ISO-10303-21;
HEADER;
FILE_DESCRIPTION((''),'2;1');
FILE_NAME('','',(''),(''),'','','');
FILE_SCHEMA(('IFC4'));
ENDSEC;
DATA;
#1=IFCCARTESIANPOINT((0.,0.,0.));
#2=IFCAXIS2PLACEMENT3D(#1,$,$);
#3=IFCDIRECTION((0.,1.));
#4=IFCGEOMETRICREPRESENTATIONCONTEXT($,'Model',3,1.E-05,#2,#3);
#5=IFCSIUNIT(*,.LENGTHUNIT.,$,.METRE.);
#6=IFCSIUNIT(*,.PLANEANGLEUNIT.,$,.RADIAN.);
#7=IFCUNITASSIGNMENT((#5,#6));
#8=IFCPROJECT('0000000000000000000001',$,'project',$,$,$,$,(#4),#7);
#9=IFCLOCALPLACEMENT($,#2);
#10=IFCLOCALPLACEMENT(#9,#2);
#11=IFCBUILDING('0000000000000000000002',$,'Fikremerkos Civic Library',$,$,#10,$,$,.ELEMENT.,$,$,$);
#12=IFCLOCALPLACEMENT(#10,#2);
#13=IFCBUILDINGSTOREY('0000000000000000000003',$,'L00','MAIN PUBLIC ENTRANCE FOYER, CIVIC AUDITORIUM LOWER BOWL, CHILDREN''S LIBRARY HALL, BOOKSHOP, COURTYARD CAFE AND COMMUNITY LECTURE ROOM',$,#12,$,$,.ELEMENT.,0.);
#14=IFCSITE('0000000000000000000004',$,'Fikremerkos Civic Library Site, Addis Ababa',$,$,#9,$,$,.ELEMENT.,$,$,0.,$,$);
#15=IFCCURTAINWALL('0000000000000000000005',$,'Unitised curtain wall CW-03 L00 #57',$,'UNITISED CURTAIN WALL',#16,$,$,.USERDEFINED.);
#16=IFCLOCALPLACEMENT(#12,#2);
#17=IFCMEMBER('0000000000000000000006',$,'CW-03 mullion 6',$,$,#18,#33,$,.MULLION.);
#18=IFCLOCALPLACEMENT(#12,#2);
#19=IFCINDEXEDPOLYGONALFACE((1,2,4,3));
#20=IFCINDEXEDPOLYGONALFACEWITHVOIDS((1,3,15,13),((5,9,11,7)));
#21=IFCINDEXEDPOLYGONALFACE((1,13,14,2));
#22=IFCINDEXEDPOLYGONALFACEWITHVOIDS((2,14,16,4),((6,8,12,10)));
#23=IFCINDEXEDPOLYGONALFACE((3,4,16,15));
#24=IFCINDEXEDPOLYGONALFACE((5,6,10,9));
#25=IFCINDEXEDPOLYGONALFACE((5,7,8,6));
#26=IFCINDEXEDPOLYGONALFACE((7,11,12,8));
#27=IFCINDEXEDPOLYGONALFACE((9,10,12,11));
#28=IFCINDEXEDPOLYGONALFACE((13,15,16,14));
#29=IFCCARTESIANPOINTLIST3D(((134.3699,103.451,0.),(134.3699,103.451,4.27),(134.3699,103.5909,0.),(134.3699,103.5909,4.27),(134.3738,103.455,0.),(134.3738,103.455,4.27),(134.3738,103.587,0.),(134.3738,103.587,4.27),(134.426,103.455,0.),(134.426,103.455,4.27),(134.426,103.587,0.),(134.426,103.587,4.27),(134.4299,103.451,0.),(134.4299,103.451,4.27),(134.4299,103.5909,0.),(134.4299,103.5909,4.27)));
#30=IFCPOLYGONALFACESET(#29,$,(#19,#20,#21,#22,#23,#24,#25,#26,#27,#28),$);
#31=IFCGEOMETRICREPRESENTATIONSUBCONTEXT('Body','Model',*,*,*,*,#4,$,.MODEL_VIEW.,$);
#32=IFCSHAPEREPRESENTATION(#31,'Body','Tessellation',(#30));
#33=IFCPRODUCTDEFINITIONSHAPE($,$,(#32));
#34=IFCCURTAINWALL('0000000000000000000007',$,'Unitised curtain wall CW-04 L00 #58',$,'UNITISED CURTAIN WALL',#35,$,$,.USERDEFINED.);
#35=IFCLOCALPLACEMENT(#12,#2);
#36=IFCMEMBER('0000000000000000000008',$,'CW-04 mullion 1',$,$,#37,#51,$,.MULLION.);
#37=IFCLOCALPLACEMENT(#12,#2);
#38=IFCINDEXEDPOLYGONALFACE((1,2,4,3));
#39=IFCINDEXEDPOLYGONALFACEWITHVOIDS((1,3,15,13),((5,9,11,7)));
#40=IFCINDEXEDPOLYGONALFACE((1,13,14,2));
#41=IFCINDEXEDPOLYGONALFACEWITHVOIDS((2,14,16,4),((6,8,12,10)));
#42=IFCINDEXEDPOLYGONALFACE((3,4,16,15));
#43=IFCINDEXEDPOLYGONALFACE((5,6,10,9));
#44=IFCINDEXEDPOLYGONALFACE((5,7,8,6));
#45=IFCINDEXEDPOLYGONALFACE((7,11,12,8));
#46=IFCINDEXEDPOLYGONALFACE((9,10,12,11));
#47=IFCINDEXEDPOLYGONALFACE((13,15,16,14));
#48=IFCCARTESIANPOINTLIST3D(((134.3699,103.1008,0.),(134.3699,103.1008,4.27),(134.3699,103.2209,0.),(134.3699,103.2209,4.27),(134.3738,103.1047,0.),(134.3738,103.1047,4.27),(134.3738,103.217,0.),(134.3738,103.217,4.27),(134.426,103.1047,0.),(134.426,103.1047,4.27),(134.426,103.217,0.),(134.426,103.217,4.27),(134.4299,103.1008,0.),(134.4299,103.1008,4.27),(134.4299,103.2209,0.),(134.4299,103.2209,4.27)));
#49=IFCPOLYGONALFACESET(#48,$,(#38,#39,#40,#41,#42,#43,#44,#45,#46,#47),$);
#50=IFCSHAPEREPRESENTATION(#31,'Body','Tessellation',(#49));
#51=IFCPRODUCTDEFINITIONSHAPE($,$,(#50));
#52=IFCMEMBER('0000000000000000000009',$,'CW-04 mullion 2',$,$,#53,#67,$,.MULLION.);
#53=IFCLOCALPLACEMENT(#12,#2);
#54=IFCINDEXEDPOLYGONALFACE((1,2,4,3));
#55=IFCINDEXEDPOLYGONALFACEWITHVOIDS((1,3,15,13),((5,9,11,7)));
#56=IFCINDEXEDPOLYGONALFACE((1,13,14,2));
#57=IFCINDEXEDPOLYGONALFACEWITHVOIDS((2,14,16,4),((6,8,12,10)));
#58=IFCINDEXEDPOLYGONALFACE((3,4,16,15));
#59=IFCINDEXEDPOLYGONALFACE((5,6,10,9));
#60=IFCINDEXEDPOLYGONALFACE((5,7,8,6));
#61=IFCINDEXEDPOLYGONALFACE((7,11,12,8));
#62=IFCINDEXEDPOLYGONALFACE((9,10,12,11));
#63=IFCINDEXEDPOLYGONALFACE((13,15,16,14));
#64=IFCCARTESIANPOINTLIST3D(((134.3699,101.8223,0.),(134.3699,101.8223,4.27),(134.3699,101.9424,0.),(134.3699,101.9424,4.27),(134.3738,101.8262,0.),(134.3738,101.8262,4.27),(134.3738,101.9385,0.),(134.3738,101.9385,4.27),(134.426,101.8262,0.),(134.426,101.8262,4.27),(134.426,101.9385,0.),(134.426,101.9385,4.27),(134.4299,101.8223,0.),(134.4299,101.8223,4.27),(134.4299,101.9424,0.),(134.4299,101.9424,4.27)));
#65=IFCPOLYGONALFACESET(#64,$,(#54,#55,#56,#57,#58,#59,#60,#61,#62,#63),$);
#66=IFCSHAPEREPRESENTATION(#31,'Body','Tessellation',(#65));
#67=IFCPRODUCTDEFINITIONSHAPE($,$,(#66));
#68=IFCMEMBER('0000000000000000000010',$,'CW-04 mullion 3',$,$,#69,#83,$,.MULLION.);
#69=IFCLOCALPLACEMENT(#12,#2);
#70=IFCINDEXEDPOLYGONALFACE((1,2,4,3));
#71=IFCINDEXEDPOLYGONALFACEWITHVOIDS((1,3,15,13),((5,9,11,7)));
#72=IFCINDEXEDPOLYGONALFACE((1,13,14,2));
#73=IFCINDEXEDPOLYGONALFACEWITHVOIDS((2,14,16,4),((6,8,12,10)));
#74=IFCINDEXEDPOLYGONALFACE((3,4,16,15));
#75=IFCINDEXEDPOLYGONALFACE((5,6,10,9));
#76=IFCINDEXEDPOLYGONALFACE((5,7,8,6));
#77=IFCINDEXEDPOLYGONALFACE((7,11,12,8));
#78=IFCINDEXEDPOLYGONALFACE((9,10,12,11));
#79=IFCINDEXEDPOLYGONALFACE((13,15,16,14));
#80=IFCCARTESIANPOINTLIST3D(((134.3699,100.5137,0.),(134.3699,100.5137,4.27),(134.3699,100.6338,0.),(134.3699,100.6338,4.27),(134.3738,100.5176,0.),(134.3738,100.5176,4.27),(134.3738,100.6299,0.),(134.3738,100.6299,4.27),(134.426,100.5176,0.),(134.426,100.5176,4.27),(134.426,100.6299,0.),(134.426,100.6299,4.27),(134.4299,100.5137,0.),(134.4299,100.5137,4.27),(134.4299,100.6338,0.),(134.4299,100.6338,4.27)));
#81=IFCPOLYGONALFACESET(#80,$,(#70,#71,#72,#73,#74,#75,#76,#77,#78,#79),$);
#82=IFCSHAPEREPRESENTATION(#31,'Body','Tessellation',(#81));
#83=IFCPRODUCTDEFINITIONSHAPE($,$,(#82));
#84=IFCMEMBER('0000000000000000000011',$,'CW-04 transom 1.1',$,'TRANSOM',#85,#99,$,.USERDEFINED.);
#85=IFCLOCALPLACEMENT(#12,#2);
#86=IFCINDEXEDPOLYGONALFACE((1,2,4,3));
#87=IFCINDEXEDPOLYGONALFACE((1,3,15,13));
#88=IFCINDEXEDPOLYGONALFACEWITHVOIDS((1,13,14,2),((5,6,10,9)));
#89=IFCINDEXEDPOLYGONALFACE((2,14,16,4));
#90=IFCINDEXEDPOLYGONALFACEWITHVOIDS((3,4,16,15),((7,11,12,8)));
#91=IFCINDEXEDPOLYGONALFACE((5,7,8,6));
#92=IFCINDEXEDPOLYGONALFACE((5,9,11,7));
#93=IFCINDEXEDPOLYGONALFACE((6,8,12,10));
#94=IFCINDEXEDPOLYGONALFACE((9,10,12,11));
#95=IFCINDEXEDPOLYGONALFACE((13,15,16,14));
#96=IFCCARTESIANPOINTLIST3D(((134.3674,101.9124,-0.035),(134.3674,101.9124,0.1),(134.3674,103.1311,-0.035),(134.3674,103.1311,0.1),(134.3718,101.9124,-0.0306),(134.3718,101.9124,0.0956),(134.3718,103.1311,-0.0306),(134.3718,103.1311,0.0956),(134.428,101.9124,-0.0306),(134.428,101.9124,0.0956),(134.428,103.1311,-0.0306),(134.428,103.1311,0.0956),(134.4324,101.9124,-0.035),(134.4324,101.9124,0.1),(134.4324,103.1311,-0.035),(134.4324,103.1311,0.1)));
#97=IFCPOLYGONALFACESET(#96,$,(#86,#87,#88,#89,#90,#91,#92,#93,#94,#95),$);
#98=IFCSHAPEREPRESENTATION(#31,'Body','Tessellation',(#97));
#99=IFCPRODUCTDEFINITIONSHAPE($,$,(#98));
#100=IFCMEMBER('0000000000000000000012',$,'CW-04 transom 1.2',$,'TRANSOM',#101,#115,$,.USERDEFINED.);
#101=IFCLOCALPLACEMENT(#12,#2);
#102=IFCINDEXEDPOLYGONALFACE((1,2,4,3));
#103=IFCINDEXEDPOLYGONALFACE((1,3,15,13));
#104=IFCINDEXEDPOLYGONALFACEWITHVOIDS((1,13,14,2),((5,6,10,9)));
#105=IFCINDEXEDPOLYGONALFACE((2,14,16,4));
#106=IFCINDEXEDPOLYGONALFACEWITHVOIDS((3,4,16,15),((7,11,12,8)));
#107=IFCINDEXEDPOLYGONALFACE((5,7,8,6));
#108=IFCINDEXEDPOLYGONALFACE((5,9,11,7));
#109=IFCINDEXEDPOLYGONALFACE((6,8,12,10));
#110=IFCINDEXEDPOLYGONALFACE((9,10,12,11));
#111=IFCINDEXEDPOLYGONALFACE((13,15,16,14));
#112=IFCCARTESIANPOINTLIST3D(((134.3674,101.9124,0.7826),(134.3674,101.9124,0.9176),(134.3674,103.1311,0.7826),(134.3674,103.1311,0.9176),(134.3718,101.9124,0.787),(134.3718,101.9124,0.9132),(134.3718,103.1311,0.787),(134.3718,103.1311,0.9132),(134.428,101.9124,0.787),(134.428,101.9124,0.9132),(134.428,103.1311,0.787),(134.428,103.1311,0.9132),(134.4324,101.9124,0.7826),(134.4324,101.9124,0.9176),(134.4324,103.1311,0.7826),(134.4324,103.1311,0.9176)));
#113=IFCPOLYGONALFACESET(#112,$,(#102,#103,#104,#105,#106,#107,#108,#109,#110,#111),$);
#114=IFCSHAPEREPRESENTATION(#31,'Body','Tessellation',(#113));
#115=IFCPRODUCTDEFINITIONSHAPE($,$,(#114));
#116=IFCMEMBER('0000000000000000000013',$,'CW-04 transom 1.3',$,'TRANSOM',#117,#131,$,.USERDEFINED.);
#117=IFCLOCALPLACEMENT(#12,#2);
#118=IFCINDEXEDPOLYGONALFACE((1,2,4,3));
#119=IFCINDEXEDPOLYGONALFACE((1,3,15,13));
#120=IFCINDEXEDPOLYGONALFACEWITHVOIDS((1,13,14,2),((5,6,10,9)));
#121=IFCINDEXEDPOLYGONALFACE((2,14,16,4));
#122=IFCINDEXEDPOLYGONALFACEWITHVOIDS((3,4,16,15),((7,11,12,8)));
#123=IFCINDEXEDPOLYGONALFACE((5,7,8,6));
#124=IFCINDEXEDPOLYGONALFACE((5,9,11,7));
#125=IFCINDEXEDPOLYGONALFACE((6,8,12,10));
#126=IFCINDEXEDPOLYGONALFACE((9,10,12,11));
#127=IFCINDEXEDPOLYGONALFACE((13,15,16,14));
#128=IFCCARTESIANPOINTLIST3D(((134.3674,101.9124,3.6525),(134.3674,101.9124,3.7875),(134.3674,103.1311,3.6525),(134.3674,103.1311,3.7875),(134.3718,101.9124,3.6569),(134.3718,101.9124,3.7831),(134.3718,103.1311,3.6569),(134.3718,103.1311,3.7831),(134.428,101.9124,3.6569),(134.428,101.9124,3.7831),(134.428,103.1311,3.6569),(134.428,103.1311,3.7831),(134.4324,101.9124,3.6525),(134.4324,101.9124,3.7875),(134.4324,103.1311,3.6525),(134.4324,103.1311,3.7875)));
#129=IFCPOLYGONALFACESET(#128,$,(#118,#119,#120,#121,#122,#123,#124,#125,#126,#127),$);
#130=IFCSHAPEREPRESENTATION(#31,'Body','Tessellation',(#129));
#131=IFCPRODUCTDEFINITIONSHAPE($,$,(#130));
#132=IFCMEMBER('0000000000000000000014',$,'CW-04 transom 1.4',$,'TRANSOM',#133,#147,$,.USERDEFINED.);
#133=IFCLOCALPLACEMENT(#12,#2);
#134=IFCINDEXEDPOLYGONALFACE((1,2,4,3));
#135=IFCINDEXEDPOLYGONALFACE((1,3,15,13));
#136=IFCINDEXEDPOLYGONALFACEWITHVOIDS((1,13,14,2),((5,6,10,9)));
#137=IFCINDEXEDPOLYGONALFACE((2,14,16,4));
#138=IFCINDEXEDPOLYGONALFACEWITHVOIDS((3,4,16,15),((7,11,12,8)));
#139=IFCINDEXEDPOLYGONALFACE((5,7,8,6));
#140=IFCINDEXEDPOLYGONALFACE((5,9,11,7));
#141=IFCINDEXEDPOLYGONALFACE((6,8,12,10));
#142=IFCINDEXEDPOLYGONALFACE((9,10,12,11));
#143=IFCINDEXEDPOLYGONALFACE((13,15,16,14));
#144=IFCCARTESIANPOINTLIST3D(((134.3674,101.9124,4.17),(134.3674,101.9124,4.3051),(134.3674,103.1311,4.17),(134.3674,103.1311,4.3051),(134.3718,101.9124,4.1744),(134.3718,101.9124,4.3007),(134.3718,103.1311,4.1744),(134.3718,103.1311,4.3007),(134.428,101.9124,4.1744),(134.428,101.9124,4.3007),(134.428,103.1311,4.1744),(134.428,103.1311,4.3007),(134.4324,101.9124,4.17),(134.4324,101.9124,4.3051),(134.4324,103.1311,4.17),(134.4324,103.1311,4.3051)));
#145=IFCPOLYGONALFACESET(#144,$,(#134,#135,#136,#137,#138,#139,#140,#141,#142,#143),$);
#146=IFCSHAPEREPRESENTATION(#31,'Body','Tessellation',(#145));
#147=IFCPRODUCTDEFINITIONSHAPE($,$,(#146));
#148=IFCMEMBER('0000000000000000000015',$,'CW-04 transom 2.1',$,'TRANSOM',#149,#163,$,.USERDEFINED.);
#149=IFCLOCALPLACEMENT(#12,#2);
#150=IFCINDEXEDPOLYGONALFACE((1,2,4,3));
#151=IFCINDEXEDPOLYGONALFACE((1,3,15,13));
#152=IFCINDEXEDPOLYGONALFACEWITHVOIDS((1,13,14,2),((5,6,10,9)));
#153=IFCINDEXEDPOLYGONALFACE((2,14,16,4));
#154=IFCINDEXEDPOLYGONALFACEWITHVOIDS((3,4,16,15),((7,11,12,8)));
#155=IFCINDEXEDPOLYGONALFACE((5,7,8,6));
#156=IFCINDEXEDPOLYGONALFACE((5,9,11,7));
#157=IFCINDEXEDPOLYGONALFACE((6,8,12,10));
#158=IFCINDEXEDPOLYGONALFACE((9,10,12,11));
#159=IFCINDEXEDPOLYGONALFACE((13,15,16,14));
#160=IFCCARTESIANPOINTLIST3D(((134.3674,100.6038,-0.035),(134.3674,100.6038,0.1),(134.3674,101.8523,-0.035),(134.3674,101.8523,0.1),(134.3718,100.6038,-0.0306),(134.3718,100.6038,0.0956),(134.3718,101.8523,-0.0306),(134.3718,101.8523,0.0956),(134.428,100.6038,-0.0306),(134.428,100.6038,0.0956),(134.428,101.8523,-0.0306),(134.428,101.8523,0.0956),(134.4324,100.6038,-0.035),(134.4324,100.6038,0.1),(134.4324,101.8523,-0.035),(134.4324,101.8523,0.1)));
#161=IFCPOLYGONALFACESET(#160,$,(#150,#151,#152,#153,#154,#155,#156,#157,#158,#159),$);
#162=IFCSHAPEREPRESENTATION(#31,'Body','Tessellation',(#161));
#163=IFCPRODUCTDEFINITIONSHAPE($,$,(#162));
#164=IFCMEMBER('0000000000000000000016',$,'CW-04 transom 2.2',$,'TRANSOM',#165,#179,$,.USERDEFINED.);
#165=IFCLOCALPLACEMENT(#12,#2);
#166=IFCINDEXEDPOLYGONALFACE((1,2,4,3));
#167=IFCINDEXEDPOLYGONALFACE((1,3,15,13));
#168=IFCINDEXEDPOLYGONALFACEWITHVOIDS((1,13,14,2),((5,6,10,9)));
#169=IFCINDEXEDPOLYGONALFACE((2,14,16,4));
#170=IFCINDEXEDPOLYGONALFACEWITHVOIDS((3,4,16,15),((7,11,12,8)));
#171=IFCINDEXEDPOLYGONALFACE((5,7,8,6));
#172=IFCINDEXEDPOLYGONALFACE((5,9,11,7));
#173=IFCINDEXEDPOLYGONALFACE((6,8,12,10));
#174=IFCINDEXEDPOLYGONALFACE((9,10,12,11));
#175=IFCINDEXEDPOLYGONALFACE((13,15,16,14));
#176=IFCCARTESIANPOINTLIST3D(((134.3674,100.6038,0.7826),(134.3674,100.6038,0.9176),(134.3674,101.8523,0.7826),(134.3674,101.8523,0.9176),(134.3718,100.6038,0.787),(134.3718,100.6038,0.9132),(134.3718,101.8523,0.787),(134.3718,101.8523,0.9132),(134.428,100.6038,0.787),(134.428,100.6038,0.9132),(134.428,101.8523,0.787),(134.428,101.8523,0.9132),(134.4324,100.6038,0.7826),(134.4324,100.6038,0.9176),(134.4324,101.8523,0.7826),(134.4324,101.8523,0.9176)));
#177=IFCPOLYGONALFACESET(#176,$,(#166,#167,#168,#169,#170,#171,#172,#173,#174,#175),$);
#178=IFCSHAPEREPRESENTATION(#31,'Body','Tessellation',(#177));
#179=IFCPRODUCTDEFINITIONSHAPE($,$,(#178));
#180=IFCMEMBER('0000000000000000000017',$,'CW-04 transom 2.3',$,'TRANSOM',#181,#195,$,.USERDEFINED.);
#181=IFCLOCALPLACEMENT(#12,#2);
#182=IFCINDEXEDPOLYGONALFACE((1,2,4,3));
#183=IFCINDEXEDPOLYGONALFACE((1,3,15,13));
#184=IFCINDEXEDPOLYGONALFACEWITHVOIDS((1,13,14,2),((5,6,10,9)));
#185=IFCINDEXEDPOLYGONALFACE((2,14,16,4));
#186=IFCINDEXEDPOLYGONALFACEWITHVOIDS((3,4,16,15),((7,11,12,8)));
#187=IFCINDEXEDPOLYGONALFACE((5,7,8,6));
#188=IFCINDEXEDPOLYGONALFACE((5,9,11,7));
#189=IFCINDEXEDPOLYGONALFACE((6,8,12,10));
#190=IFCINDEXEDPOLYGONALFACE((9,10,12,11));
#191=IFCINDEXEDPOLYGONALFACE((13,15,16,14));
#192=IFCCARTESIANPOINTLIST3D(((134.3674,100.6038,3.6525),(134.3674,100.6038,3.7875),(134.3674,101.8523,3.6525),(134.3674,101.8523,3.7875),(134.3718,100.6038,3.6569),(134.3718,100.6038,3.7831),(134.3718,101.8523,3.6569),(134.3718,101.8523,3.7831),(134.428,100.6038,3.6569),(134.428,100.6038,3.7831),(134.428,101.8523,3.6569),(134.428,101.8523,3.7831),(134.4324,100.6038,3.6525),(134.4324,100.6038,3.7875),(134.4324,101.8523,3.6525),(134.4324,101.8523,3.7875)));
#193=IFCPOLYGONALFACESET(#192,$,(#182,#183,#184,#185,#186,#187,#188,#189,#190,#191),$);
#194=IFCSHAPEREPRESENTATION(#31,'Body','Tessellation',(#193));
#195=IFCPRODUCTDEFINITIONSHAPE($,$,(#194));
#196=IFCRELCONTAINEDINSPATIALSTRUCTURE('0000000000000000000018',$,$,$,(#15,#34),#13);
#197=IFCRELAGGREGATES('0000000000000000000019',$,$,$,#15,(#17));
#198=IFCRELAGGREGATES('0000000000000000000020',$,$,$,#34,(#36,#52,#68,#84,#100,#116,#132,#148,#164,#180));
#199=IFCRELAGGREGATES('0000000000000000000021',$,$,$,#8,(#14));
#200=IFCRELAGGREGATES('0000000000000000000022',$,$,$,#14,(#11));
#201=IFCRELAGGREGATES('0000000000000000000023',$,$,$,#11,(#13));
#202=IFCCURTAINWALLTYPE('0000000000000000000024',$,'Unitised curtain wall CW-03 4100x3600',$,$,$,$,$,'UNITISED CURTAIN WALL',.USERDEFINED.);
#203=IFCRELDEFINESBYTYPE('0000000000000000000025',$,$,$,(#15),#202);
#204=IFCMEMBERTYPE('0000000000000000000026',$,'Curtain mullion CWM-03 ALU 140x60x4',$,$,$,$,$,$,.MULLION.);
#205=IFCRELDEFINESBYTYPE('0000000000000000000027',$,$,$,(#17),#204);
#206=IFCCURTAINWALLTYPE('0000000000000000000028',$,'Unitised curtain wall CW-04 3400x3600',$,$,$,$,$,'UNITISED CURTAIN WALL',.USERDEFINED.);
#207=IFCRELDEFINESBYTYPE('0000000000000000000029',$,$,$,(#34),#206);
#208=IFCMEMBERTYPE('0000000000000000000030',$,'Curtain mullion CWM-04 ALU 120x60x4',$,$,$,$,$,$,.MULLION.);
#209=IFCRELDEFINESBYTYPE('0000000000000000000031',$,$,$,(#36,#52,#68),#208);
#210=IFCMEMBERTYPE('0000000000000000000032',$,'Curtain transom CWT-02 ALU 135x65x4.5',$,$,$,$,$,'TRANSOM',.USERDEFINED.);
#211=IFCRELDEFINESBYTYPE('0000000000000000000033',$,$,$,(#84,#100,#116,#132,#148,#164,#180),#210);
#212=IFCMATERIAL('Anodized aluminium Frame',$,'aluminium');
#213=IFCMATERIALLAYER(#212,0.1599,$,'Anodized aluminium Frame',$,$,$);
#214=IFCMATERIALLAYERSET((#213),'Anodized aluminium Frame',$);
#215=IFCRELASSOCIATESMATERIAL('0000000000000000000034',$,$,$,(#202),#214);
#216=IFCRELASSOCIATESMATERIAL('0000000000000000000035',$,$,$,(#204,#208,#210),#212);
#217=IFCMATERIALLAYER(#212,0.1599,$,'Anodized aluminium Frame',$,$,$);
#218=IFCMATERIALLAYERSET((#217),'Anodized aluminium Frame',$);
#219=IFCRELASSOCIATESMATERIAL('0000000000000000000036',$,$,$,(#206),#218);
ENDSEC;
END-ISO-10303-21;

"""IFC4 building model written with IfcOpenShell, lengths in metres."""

from ifc_helpers import new_model, si_unit, direction, frame, origin, origin_2d, place, context, subcontext, project, spatial, hollow_rectangle, extrude, material, layer, layer_set, material_profile, profile_set, type_object, element, aggregate, save


model = new_model("IFC4")

# Units and contexts
model_context = context("Model", 3, precision=1e-05, world=origin(), true_north=direction((0.0, 1.0)))
body_context = subcontext(model_context, "Body", "Model", "MODEL_VIEW")
ifc_project = project(units=[si_unit("LENGTHUNIT", "METRE"), si_unit("PLANEANGLEUNIT", "RADIAN")], contexts=[model_context])

# Site, building, storey
site_placement = place(None, origin())
site = spatial("IfcSite", under=ifc_project, at=site_placement, Name="Fikremerkos Civic Library Site, Addis Ababa", CompositionType="ELEMENT", RefElevation=0.0)
building_placement = place(site_placement, origin())
building = spatial("IfcBuilding", under=site, at=building_placement, Name="Fikremerkos Civic Library", CompositionType="ELEMENT")
storey_placement = place(building_placement, origin())
storey = spatial("IfcBuildingStorey", under=building, at=storey_placement, Name="L00", Description="MAIN PUBLIC ENTRANCE FOYER, CIVIC AUDITORIUM LOWER BOWL, CHILDREN'S LIBRARY HALL, BOOKSHOP, COURTYARD CAFE AND COMMUNITY LECTURE ROOM", CompositionType="ELEMENT", Elevation=0.0)

# Curtain wall, member
ifc_material_1 = material(Name="Anodized aluminium Frame", Category="aluminium")
ifc_layer_1 = layer(ifc_material_1, 0.1599, Name="Anodized aluminium Frame")
ifc_layer_set_1 = layer_set([ifc_layer_1], Name="Anodized aluminium Frame")
curtain_wall_type_1 = type_object("IfcCurtainWallType", Name="Unitised curtain wall CW-03 4100x3600", ElementType="UNITISED CURTAIN WALL", PredefinedType="USERDEFINED", material=ifc_layer_set_1)
curtain_wall_1_placement = place(storey_placement, origin())
curtain_wall_1 = element("IfcCurtainWall", 1, at=curtain_wall_1_placement, inside=storey, type_object=curtain_wall_type_1, Name="Unitised curtain wall CW-03 L00 #57", ObjectType="UNITISED CURTAIN WALL", PredefinedType="USERDEFINED")
ifc_material_profile_1 = material_profile(ifc_material_1, hollow_rectangle(XDim=0.0601, YDim=0.1399, WallThickness=0.0039, at=origin_2d()), Name="ALU 140x60x4")
ifc_profile_set_1 = profile_set([ifc_material_profile_1], Name="Anodized aluminium Frame")
member_type_1 = type_object("IfcMemberType", Name="Curtain mullion CWM-03 ALU 140x60x4", PredefinedType="MULLION", material=ifc_profile_set_1)
member_1_placement = place(storey_placement, frame((134.3999, 103.521, 0.0), z_axis=(0.0, 0.0, 1.0), x_axis=(1.0, 0.0, 0.0)))
member_1 = element("IfcMember", 2, at=member_1_placement, type_object=member_type_1, Name="CW-03 mullion 6", PredefinedType="MULLION", context=body_context, shape_type="SweptSolid", body=[
    extrude(hollow_rectangle(XDim=0.0601, YDim=0.1399, WallThickness=0.0039, at=origin_2d()), origin(), (0.0, 0.0, 1.0), 4.27),
])
aggregate(curtain_wall_1, [member_1])

# Curtain wall, members
ifc_layer_2 = layer(ifc_material_1, 0.1599, Name="Anodized aluminium Frame")
ifc_layer_set_2 = layer_set([ifc_layer_2], Name="Anodized aluminium Frame")
curtain_wall_type_2 = type_object("IfcCurtainWallType", Name="Unitised curtain wall CW-04 3400x3600", ElementType="UNITISED CURTAIN WALL", PredefinedType="USERDEFINED", material=ifc_layer_set_2)
curtain_wall_2_placement = place(storey_placement, origin())
curtain_wall_2 = element("IfcCurtainWall", 3, at=curtain_wall_2_placement, inside=storey, type_object=curtain_wall_type_2, Name="Unitised curtain wall CW-04 L00 #58", ObjectType="UNITISED CURTAIN WALL", PredefinedType="USERDEFINED")
ifc_material_profile_2 = material_profile(ifc_material_1, hollow_rectangle(XDim=0.0601, YDim=0.1201, WallThickness=0.0039, at=origin_2d()), Name="ALU 120x60x4")
ifc_profile_set_2 = profile_set([ifc_material_profile_2], Name="Anodized aluminium Frame")
member_type_2 = type_object("IfcMemberType", Name="Curtain mullion CWM-04 ALU 120x60x4", PredefinedType="MULLION", material=ifc_profile_set_2)
member_2_placement = place(storey_placement, frame((134.3999, 103.1609, 0.0), z_axis=(0.0, 0.0, 1.0), x_axis=(1.0, 0.0, 0.0)))
member_2 = element("IfcMember", 4, at=member_2_placement, type_object=member_type_2, Name="CW-04 mullion 1", PredefinedType="MULLION", context=body_context, shape_type="SweptSolid", body=[
    extrude(hollow_rectangle(XDim=0.0601, YDim=0.1201, WallThickness=0.0039, at=origin_2d()), origin(), (0.0, 0.0, 1.0), 4.27),
])
member_3_placement = place(storey_placement, frame((134.3999, 101.8823, 0.0), z_axis=(0.0, 0.0, 1.0), x_axis=(1.0, 0.0, 0.0)))
member_3 = element("IfcMember", 5, at=member_3_placement, type_object=member_type_2, Name="CW-04 mullion 2", PredefinedType="MULLION", context=body_context, shape_type="SweptSolid", body=[
    extrude(hollow_rectangle(XDim=0.0601, YDim=0.1201, WallThickness=0.0039, at=origin_2d()), origin(), (0.0, 0.0, 1.0), 4.27),
])
member_4_placement = place(storey_placement, frame((134.3999, 100.5737, 0.0), z_axis=(0.0, 0.0, 1.0), x_axis=(1.0, 0.0, 0.0)))
member_4 = element("IfcMember", 6, at=member_4_placement, type_object=member_type_2, Name="CW-04 mullion 3", PredefinedType="MULLION", context=body_context, shape_type="SweptSolid", body=[
    extrude(hollow_rectangle(XDim=0.0601, YDim=0.1201, WallThickness=0.0039, at=origin_2d()), origin(), (0.0, 0.0, 1.0), 4.27),
])
ifc_material_profile_3 = material_profile(ifc_material_1, hollow_rectangle(XDim=0.0649, YDim=0.135, WallThickness=0.0044, at=origin_2d()), Name="ALU 135x65x4.5")
ifc_profile_set_3 = profile_set([ifc_material_profile_3], Name="Anodized aluminium Frame")
member_type_3 = type_object("IfcMemberType", Name="Curtain transom CWT-02 ALU 135x65x4.5", ElementType="TRANSOM", PredefinedType="USERDEFINED", material=ifc_profile_set_3)
member_5_placement = place(storey_placement, frame((134.3999, 103.1311, 0.0325), z_axis=(0.0, -1.0, 0.0), x_axis=(1.0, 0.0, 0.0)))
member_5 = element("IfcMember", 7, at=member_5_placement, type_object=member_type_3, Name="CW-04 transom 1.1", ObjectType="TRANSOM", PredefinedType="USERDEFINED", context=body_context, shape_type="SweptSolid", body=[
    extrude(hollow_rectangle(XDim=0.0649, YDim=0.135, WallThickness=0.0044, at=origin_2d()), origin(), (0.0, 0.0, 1.0), 1.2188),
])
member_6_placement = place(storey_placement, frame((134.3999, 103.1311, 0.8501), z_axis=(0.0, -1.0, 0.0), x_axis=(1.0, 0.0, 0.0)))
member_6 = element("IfcMember", 8, at=member_6_placement, type_object=member_type_3, Name="CW-04 transom 1.2", ObjectType="TRANSOM", PredefinedType="USERDEFINED", context=body_context, shape_type="SweptSolid", body=[
    extrude(hollow_rectangle(XDim=0.0649, YDim=0.135, WallThickness=0.0044, at=origin_2d()), origin(), (0.0, 0.0, 1.0), 1.2188),
])
member_7_placement = place(storey_placement, frame((134.3999, 103.1311, 3.72), z_axis=(0.0, -1.0, 0.0), x_axis=(1.0, 0.0, 0.0)))
member_7 = element("IfcMember", 9, at=member_7_placement, type_object=member_type_3, Name="CW-04 transom 1.3", ObjectType="TRANSOM", PredefinedType="USERDEFINED", context=body_context, shape_type="SweptSolid", body=[
    extrude(hollow_rectangle(XDim=0.0649, YDim=0.135, WallThickness=0.0044, at=origin_2d()), origin(), (0.0, 0.0, 1.0), 1.2188),
])
member_8_placement = place(storey_placement, frame((134.3999, 103.1311, 4.2375), z_axis=(0.0, -1.0, 0.0), x_axis=(1.0, 0.0, 0.0)))
member_8 = element("IfcMember", 10, at=member_8_placement, type_object=member_type_3, Name="CW-04 transom 1.4", ObjectType="TRANSOM", PredefinedType="USERDEFINED", context=body_context, shape_type="SweptSolid", body=[
    extrude(hollow_rectangle(XDim=0.0649, YDim=0.135, WallThickness=0.0044, at=origin_2d()), origin(), (0.0, 0.0, 1.0), 1.2188),
])
member_9_placement = place(storey_placement, frame((134.3999, 101.8523, 0.0325), z_axis=(0.0, -1.0, 0.0), x_axis=(1.0, 0.0, 0.0)))
member_9 = element("IfcMember", 11, at=member_9_placement, type_object=member_type_3, Name="CW-04 transom 2.1", ObjectType="TRANSOM", PredefinedType="USERDEFINED", context=body_context, shape_type="SweptSolid", body=[
    extrude(hollow_rectangle(XDim=0.0649, YDim=0.135, WallThickness=0.0044, at=origin_2d()), origin(), (0.0, 0.0, 1.0), 1.2485),
])
member_10_placement = place(storey_placement, frame((134.3999, 101.8523, 0.8501), z_axis=(0.0, -1.0, 0.0), x_axis=(1.0, 0.0, 0.0)))
member_10 = element("IfcMember", 12, at=member_10_placement, type_object=member_type_3, Name="CW-04 transom 2.2", ObjectType="TRANSOM", PredefinedType="USERDEFINED", context=body_context, shape_type="SweptSolid", body=[
    extrude(hollow_rectangle(XDim=0.0649, YDim=0.135, WallThickness=0.0044, at=origin_2d()), origin(), (0.0, 0.0, 1.0), 1.2485),
])
member_11_placement = place(storey_placement, frame((134.3999, 101.8523, 3.72), z_axis=(0.0, -1.0, 0.0), x_axis=(1.0, 0.0, 0.0)))
member_11 = element("IfcMember", 13, at=member_11_placement, type_object=member_type_3, Name="CW-04 transom 2.3", ObjectType="TRANSOM", PredefinedType="USERDEFINED", context=body_context, shape_type="SweptSolid", body=[
    extrude(hollow_rectangle(XDim=0.0649, YDim=0.135, WallThickness=0.0044, at=origin_2d()), origin(), (0.0, 0.0, 1.0), 1.2485),
])
aggregate(curtain_wall_2, [member_2, member_3, member_4, member_5, member_6, member_7, member_8, member_9, member_10, member_11])

save(model, "model.ifc")
